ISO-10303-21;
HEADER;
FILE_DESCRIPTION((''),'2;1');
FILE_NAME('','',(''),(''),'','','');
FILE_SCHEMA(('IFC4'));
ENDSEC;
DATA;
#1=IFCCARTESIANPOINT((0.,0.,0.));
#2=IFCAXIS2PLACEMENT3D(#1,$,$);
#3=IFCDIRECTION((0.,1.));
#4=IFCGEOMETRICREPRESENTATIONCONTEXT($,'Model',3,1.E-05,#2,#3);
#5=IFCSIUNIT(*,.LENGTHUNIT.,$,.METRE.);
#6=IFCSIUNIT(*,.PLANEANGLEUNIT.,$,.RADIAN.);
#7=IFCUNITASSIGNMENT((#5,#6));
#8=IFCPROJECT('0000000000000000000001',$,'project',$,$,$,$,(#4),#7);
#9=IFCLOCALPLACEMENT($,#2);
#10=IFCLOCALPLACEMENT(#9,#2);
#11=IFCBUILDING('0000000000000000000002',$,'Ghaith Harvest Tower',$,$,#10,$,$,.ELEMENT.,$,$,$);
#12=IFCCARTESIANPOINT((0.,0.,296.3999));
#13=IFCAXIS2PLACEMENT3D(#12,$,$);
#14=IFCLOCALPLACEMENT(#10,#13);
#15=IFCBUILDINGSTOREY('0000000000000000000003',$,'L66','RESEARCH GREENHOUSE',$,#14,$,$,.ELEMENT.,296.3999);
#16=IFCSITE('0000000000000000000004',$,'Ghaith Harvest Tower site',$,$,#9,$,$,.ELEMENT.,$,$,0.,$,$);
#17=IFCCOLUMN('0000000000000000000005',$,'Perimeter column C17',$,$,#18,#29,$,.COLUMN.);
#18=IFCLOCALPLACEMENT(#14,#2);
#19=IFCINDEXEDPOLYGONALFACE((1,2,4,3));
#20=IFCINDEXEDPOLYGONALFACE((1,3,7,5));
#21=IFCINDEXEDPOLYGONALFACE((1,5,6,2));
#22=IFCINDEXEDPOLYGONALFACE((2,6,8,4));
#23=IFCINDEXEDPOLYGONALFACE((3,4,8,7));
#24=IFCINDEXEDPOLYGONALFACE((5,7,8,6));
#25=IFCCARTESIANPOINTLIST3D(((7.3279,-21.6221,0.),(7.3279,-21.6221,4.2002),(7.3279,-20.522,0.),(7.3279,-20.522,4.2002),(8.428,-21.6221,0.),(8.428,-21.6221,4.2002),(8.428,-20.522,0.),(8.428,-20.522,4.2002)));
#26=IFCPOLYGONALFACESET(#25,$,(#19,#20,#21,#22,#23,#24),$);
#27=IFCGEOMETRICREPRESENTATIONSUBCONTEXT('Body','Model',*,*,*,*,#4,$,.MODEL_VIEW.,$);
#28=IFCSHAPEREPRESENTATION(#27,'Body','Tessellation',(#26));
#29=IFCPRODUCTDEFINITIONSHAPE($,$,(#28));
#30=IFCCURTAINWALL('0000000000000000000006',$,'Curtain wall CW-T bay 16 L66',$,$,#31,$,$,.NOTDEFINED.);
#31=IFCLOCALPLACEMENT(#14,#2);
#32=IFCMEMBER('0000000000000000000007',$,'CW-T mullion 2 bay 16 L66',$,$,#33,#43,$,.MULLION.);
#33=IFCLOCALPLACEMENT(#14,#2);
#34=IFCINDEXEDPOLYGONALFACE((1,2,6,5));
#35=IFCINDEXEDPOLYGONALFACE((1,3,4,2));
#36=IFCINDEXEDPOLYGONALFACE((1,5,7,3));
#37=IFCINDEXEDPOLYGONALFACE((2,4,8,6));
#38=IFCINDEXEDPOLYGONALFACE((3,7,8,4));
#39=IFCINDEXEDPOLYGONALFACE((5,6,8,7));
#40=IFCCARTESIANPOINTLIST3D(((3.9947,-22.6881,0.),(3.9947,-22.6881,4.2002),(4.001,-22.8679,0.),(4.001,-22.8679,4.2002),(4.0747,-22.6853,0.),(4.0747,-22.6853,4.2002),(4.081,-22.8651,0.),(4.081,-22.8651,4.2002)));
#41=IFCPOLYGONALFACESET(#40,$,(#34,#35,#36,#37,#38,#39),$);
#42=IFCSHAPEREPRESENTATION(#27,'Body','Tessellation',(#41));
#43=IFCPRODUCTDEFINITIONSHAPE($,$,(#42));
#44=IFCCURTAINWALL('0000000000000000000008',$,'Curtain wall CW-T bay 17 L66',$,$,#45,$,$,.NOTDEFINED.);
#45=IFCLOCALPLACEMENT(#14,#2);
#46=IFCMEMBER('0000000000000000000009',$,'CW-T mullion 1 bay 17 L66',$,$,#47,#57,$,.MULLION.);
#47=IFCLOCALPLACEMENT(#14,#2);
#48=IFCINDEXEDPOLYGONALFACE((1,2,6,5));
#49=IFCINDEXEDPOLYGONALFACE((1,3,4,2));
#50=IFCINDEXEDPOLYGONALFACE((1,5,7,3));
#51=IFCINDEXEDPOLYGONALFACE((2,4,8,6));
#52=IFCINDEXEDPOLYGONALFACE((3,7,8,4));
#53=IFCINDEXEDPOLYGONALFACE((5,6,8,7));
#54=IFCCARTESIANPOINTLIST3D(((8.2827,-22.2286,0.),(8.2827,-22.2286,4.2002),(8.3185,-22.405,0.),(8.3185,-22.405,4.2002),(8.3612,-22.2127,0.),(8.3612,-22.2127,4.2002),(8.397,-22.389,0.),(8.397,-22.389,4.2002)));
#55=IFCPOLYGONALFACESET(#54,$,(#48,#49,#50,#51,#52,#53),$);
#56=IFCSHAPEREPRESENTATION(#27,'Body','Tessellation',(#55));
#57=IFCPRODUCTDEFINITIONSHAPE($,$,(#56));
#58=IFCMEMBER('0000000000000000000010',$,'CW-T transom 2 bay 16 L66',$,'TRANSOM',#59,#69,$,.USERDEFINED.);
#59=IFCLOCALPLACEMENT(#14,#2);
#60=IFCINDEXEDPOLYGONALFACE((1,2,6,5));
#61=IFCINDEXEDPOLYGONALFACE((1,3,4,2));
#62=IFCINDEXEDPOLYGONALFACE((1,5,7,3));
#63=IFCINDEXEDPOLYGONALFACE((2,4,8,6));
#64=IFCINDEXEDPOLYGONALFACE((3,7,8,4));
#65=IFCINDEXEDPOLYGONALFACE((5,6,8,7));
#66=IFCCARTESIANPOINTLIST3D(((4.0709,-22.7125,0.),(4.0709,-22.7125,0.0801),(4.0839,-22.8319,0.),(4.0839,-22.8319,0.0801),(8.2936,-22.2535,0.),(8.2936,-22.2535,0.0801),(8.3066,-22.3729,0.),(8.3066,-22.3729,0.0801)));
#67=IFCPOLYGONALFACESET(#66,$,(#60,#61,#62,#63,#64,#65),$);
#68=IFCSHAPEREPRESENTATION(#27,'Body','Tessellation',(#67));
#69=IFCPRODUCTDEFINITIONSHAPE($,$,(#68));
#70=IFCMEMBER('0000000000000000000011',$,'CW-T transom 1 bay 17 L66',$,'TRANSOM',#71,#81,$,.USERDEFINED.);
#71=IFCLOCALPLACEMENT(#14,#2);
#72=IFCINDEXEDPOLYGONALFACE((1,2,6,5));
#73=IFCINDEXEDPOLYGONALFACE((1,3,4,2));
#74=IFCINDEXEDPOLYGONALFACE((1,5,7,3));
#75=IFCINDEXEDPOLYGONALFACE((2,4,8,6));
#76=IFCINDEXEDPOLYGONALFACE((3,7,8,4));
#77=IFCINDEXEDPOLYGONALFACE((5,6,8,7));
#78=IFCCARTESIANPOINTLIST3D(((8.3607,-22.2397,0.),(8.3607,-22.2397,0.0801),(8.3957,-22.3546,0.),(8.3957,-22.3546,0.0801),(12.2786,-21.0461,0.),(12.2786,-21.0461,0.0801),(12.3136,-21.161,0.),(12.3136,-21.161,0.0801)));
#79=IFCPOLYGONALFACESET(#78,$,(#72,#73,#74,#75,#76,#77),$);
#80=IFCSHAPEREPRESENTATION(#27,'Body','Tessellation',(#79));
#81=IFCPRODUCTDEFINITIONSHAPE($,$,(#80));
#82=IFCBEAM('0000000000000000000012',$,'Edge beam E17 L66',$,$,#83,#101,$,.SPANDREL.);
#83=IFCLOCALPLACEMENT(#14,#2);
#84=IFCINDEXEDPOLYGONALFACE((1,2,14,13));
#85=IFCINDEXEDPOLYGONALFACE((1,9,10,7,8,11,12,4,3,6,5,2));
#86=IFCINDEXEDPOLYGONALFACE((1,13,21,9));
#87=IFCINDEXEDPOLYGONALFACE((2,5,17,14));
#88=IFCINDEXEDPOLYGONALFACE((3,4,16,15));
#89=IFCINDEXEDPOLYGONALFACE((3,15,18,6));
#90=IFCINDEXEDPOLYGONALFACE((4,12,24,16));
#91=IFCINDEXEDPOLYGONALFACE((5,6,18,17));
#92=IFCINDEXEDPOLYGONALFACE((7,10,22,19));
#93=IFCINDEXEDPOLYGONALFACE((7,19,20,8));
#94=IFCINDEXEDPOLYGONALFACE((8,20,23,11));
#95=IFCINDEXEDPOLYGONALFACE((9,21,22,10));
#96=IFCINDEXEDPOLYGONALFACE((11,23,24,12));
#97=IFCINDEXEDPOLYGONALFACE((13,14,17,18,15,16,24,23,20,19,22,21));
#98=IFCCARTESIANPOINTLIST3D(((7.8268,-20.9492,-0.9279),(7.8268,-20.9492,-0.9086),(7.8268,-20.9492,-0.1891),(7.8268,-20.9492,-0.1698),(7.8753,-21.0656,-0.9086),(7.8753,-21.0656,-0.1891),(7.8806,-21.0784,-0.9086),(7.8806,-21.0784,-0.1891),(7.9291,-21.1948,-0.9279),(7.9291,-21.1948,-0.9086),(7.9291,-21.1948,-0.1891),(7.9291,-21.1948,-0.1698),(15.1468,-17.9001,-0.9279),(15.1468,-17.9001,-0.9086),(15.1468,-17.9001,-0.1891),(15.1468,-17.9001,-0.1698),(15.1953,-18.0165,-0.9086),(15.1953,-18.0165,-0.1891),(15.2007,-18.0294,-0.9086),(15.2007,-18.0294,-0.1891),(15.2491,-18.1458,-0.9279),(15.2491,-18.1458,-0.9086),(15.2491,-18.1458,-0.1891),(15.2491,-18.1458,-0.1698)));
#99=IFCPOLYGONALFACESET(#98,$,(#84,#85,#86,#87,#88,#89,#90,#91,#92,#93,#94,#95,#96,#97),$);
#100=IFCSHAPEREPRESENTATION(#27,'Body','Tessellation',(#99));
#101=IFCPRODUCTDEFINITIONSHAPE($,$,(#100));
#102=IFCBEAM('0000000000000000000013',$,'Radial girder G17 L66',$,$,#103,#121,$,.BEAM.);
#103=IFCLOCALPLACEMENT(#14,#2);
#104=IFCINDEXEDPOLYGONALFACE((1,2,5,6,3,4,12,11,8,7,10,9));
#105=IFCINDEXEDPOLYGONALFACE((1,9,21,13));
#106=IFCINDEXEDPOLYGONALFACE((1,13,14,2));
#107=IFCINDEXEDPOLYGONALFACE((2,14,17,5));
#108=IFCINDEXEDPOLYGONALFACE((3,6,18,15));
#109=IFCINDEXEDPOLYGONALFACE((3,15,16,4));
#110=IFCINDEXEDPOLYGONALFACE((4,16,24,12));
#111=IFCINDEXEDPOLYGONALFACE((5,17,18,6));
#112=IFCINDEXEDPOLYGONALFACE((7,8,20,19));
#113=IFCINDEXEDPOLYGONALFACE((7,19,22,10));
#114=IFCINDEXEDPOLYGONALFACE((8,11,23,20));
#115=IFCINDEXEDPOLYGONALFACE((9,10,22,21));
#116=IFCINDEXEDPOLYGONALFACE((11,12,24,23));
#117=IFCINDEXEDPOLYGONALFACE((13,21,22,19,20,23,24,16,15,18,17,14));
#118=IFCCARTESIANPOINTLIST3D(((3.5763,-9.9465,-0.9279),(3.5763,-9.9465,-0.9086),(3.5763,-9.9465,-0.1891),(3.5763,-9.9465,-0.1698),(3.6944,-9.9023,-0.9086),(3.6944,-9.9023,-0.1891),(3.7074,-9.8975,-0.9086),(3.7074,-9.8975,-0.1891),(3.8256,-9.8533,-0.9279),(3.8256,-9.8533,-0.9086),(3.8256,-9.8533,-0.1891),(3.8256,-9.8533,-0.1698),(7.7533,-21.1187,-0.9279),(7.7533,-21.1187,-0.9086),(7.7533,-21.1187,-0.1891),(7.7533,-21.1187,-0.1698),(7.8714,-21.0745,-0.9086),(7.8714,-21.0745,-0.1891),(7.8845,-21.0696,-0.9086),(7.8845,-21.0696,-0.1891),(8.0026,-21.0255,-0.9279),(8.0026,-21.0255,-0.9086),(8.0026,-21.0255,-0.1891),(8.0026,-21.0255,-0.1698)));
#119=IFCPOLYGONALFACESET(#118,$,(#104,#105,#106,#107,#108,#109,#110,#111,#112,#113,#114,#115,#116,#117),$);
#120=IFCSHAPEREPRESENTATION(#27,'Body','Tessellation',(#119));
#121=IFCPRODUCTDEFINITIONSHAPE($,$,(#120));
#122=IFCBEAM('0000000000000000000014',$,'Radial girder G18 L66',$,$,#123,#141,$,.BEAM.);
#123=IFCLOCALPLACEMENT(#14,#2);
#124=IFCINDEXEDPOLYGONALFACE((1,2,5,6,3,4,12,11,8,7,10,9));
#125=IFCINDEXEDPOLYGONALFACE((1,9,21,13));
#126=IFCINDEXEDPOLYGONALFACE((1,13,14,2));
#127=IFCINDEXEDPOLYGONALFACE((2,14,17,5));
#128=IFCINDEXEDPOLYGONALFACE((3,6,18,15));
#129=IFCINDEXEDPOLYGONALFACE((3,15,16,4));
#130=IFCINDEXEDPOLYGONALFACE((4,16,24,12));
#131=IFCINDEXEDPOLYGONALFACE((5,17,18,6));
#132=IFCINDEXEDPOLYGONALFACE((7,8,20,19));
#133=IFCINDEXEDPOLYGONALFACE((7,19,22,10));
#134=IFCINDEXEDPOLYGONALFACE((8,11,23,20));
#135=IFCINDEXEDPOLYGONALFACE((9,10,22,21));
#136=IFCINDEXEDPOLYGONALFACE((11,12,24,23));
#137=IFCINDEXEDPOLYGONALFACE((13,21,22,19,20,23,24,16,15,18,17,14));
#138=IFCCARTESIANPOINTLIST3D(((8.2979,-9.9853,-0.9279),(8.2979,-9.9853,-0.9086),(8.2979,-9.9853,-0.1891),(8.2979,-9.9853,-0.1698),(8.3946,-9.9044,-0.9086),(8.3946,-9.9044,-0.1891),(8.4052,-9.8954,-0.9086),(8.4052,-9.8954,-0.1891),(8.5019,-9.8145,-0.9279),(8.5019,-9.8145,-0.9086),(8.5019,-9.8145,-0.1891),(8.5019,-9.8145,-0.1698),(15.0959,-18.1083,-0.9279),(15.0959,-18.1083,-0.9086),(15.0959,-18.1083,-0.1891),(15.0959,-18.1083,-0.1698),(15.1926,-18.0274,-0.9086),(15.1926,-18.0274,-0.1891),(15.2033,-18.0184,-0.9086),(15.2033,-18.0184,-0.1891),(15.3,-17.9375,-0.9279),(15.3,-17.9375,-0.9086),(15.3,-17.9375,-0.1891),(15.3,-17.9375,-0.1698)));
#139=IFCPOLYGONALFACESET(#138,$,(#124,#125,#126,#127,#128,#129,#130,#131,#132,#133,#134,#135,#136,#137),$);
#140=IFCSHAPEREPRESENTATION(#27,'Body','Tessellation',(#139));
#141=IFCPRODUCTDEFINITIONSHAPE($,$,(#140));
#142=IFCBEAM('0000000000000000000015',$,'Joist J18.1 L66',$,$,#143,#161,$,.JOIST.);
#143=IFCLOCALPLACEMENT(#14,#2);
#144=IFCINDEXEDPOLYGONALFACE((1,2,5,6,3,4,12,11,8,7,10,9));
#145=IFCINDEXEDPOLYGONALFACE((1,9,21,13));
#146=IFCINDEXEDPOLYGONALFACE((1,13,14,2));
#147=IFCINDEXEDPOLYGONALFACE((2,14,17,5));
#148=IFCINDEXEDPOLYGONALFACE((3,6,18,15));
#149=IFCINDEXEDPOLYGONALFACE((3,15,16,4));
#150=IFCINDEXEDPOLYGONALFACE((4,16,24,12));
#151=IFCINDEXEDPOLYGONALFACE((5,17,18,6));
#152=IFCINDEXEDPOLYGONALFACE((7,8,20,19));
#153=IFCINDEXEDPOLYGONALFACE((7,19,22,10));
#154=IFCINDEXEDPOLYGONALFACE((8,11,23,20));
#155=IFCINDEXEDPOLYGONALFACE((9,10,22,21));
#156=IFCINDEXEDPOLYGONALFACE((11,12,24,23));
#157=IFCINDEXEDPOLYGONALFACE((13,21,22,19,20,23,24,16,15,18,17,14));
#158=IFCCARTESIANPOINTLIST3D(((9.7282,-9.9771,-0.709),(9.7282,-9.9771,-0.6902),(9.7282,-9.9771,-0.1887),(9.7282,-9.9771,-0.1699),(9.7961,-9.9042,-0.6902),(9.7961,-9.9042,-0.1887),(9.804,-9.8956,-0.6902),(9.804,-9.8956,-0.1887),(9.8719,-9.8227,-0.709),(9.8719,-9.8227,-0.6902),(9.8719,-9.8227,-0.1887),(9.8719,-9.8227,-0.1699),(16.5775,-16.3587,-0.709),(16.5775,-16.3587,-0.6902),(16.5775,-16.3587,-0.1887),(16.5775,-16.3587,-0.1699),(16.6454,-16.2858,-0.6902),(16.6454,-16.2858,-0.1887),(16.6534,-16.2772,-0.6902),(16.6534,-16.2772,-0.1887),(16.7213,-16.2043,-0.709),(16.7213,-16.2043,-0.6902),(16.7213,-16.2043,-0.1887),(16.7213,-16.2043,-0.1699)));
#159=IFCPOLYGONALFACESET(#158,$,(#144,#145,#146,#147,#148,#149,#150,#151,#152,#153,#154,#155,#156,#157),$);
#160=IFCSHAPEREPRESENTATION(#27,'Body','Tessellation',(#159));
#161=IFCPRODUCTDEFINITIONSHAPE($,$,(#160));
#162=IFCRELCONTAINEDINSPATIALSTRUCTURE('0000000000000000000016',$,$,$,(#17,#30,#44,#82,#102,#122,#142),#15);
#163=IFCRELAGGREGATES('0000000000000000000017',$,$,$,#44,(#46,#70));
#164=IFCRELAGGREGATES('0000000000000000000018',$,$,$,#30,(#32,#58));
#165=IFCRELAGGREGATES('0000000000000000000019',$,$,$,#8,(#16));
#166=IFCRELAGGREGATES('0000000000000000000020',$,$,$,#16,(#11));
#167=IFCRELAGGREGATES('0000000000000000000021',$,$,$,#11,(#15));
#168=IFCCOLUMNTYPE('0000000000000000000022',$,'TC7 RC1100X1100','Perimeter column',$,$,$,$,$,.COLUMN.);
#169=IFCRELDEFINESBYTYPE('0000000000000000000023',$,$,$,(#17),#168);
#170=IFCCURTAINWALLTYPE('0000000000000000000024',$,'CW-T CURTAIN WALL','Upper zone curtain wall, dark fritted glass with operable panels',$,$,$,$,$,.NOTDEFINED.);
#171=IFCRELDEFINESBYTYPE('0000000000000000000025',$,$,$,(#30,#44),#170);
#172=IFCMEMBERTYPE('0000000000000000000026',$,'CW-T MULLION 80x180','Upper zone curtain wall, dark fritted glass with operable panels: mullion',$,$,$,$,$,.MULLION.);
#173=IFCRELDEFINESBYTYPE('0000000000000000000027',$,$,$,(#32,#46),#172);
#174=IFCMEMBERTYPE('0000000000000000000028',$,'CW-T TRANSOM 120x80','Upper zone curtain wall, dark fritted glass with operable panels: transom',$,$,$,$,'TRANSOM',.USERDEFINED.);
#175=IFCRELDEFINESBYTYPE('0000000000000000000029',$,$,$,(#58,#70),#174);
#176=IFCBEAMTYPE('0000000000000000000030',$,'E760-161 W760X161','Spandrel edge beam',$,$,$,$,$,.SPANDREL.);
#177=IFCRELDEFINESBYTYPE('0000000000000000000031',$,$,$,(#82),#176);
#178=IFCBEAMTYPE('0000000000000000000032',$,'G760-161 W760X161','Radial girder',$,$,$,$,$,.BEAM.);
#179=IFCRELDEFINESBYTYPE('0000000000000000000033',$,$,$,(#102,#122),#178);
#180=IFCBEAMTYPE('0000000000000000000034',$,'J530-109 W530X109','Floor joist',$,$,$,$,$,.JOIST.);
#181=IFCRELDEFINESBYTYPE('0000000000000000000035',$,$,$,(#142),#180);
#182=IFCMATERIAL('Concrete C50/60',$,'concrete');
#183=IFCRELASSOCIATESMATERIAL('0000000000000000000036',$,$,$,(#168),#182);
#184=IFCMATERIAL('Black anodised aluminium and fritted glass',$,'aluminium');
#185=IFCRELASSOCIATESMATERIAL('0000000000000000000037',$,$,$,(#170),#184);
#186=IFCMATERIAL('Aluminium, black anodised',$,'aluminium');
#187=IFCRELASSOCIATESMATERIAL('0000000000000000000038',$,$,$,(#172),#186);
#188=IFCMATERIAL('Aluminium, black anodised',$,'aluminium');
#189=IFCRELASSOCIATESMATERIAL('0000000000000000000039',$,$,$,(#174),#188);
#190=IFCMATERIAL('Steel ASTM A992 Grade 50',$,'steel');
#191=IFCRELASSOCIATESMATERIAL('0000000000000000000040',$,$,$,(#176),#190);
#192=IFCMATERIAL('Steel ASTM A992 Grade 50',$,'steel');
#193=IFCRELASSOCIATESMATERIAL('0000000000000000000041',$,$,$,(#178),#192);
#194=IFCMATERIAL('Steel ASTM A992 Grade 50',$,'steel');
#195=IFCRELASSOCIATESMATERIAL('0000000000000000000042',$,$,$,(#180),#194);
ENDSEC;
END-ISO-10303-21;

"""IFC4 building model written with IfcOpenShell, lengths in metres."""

from ifc_helpers import new_model, si_unit, direction, frame, origin, origin_2d, place, context, subcontext, project, spatial, rectangle, i_section, extrude, material, material_profile, profile_set, type_object, element, aggregate, save


model = new_model("IFC4")

# Units and contexts
model_context = context("Model", 3, precision=1e-05, world=origin(), true_north=direction((0.0, 1.0)))
body_context = subcontext(model_context, "Body", "Model", "MODEL_VIEW")
ifc_project = project(units=[si_unit("LENGTHUNIT", "METRE"), si_unit("PLANEANGLEUNIT", "RADIAN")], contexts=[model_context])

# Site, building, storey
site_placement = place(None, origin())
site = spatial("IfcSite", under=ifc_project, at=site_placement, Name="Ghaith Harvest Tower site", CompositionType="ELEMENT", RefElevation=0.0)
building_placement = place(site_placement, origin())
building = spatial("IfcBuilding", under=site, at=building_placement, Name="Ghaith Harvest Tower", CompositionType="ELEMENT")
storey_placement = place(building_placement, frame((0.0, 0.0, 296.3999)))
storey = spatial("IfcBuildingStorey", under=building, at=storey_placement, Name="L66", Description="RESEARCH GREENHOUSE", CompositionType="ELEMENT", Elevation=296.3999)

# Column
ifc_material_1 = material(Name="Concrete C50/60", Category="concrete")
ifc_material_profile_1 = material_profile(ifc_material_1, rectangle(XDim=1.1001, YDim=1.1001, at=origin_2d()), Name="RC1100X1100")
ifc_profile_set_1 = profile_set([ifc_material_profile_1], Name="Concrete C50/60")
column_type = type_object("IfcColumnType", Name="TC7 RC1100X1100", Description="Perimeter column", PredefinedType="COLUMN", material=ifc_profile_set_1)
column_placement = place(storey_placement, frame((7.8779, -21.072, 0.0), z_axis=(0.0, 0.0, 1.0), x_axis=(1.0, 0.0, 0.0)))
element("IfcColumn", 1, at=column_placement, inside=storey, type_object=column_type, Name="Perimeter column C17", PredefinedType="COLUMN", context=body_context, shape_type="SweptSolid", body=[
    extrude(rectangle(XDim=1.1001, YDim=1.1001, at=origin_2d()), origin(), (0.0, 0.0, 1.0), 4.2002),
])

# Curtain walls, members
ifc_material_2 = material(Name="Black anodised aluminium and fritted glass", Category="aluminium")
curtain_wall_type = type_object("IfcCurtainWallType", Name="CW-T CURTAIN WALL", Description="Upper zone curtain wall, dark fritted glass with operable panels", PredefinedType="NOTDEFINED", material=ifc_material_2)
curtain_wall_1_placement = place(storey_placement, origin())
curtain_wall_1 = element("IfcCurtainWall", 2, at=curtain_wall_1_placement, inside=storey, type_object=curtain_wall_type, Name="Curtain wall CW-T bay 16 L66", PredefinedType="NOTDEFINED")
ifc_material_3 = material(Name="Aluminium, black anodised", Category="aluminium")
ifc_material_profile_2 = material_profile(ifc_material_3, rectangle(XDim=0.0801, YDim=0.1799, at=origin_2d()), Name="CW-T MULLION 80x180")
ifc_profile_set_2 = profile_set([ifc_material_profile_2], Name="Aluminium, black anodised")
member_type_1 = type_object("IfcMemberType", Name="CW-T MULLION 80x180", Description="Upper zone curtain wall, dark fritted glass with operable panels: mullion", PredefinedType="MULLION", material=ifc_profile_set_2)
member_1_placement = place(storey_placement, frame((4.0378, -22.7766, 0.0), z_axis=(0.0, 0.0, 1.0), x_axis=(0.999389, 0.034962, 0.0)))
member_1 = element("IfcMember", 3, at=member_1_placement, type_object=member_type_1, Name="CW-T mullion 2 bay 16 L66", PredefinedType="MULLION", context=body_context, shape_type="SweptSolid", body=[
    extrude(rectangle(XDim=0.0801, YDim=0.1799, at=origin_2d()), origin(), (0.0, 0.0, 1.0), 4.2002),
])
curtain_wall_2_placement = place(storey_placement, origin())
curtain_wall_2 = element("IfcCurtainWall", 4, at=curtain_wall_2_placement, inside=storey, type_object=curtain_wall_type, Name="Curtain wall CW-T bay 17 L66", PredefinedType="NOTDEFINED")
member_2_placement = place(storey_placement, frame((8.3398, -22.3088, 0.0), z_axis=(0.0, 0.0, 1.0), x_axis=(0.98, 0.198997, 0.0)))
member_2 = element("IfcMember", 5, at=member_2_placement, type_object=member_type_1, Name="CW-T mullion 1 bay 17 L66", PredefinedType="MULLION", context=body_context, shape_type="SweptSolid", body=[
    extrude(rectangle(XDim=0.0801, YDim=0.1799, at=origin_2d()), origin(), (0.0, 0.0, 1.0), 4.2002),
])

# Members
ifc_material_4 = material(Name="Aluminium, black anodised", Category="aluminium")
ifc_material_profile_3 = material_profile(ifc_material_4, rectangle(XDim=0.1201, YDim=0.0801, at=origin_2d()), Name="CW-T TRANSOM 120x80")
ifc_profile_set_3 = profile_set([ifc_material_profile_3], Name="Aluminium, black anodised")
member_type_2 = type_object("IfcMemberType", Name="CW-T TRANSOM 120x80", Description="Upper zone curtain wall, dark fritted glass with operable panels: transom", ElementType="TRANSOM", PredefinedType="USERDEFINED", material=ifc_profile_set_3)
member_3_placement = place(storey_placement, frame((4.0774, -22.7722, 0.04), z_axis=(0.994144, 0.108059, 0.0), x_axis=(-0.108059, 0.994144, 0.0)))
member_3 = element("IfcMember", 6, at=member_3_placement, type_object=member_type_2, Name="CW-T transom 2 bay 16 L66", ObjectType="TRANSOM", PredefinedType="USERDEFINED", context=body_context, shape_type="SweptSolid", body=[
    extrude(rectangle(XDim=0.1201, YDim=0.0801, at=origin_2d()), origin(), (0.0, 0.0, 1.0), 4.2476),
])
member_4_placement = place(storey_placement, frame((8.3782, -22.2971, 0.04), z_axis=(0.956594, 0.291425, 0.0), x_axis=(-0.291425, 0.956594, 0.0)))
member_4 = element("IfcMember", 7, at=member_4_placement, type_object=member_type_2, Name="CW-T transom 1 bay 17 L66", ObjectType="TRANSOM", PredefinedType="USERDEFINED", context=body_context, shape_type="SweptSolid", body=[
    extrude(rectangle(XDim=0.1201, YDim=0.0801, at=origin_2d()), origin(), (0.0, 0.0, 1.0), 4.0957),
])
aggregate(curtain_wall_2, [member_2, member_4])

# Beams
ifc_material_5 = material(Name="Steel ASTM A992 Grade 50", Category="steel")
ifc_material_profile_4 = material_profile(ifc_material_5, i_section(OverallWidth=0.2661, OverallDepth=0.7581, WebThickness=0.0139, FlangeThickness=0.0193, at=origin_2d()), Name="W760X161")
ifc_profile_set_4 = profile_set([ifc_material_profile_4], Name="Steel ASTM A992 Grade 50")
beam_type_1 = type_object("IfcBeamType", Name="E760-161 W760X161", Description="Spandrel edge beam", PredefinedType="SPANDREL", material=ifc_profile_set_4)
beam_1_placement = place(storey_placement, frame((7.8779, -21.072, -0.5488), z_axis=(0.92312, 0.384513, 0.0), x_axis=(-0.384513, 0.92312, 0.0)))
element("IfcBeam", 8, at=beam_1_placement, inside=storey, type_object=beam_type_1, Name="Edge beam E17 L66", PredefinedType="SPANDREL", context=body_context, shape_type="SweptSolid", body=[
    extrude(i_section(OverallWidth=0.2661, OverallDepth=0.7581, WebThickness=0.0139, FlangeThickness=0.0193, at=origin_2d()), origin(), (0.0, 0.0, 1.0), 7.9297),
])
ifc_material_6 = material(Name="Steel ASTM A992 Grade 50", Category="steel")
ifc_material_profile_5 = material_profile(ifc_material_6, i_section(OverallWidth=0.2661, OverallDepth=0.7581, WebThickness=0.0139, FlangeThickness=0.0193, at=origin_2d()), Name="W760X161")
ifc_profile_set_5 = profile_set([ifc_material_profile_5], Name="Steel ASTM A992 Grade 50")
beam_type_2 = type_object("IfcBeamType", Name="G760-161 W760X161", Description="Radial girder", PredefinedType="BEAM", material=ifc_profile_set_5)
beam_2_placement = place(storey_placement, frame((3.7009, -9.8999, -0.5488), z_axis=(0.350201, -0.936674, 0.0), x_axis=(0.936674, 0.350201, 0.0)))
element("IfcBeam", 9, at=beam_2_placement, inside=storey, type_object=beam_type_2, Name="Radial girder G17 L66", PredefinedType="BEAM", context=body_context, shape_type="SweptSolid", body=[
    extrude(i_section(OverallWidth=0.2661, OverallDepth=0.7581, WebThickness=0.0139, FlangeThickness=0.0193, at=origin_2d()), origin(), (0.0, 0.0, 1.0), 11.9275),
])
beam_3_placement = place(storey_placement, frame((8.3999, -9.8999, -0.5488), z_axis=(0.641793, -0.766878, 0.0), x_axis=(0.766878, 0.641793, 0.0)))
element("IfcBeam", 10, at=beam_3_placement, inside=storey, type_object=beam_type_2, Name="Radial girder G18 L66", PredefinedType="BEAM", context=body_context, shape_type="SweptSolid", body=[
    extrude(i_section(OverallWidth=0.2661, OverallDepth=0.7581, WebThickness=0.0139, FlangeThickness=0.0193, at=origin_2d()), origin(), (0.0, 0.0, 1.0), 10.5923),
])
ifc_material_7 = material(Name="Steel ASTM A992 Grade 50", Category="steel")
ifc_material_profile_6 = material_profile(ifc_material_7, i_section(OverallWidth=0.2109, OverallDepth=0.5391, WebThickness=0.0117, FlangeThickness=0.0188, at=origin_2d()), Name="W530X109")
ifc_profile_set_6 = profile_set([ifc_material_profile_6], Name="Steel ASTM A992 Grade 50")
beam_type_3 = type_object("IfcBeamType", Name="J530-109 W530X109", Description="Floor joist", PredefinedType="JOIST", material=ifc_profile_set_6)
beam_4_placement = place(storey_placement, frame((9.8, -9.8999, -0.4395), z_axis=(0.731649, -0.681682, 0.0), x_axis=(0.681682, 0.731649, 0.0)))
element("IfcBeam", 11, at=beam_4_placement, inside=storey, type_object=beam_type_3, Name="Joist J18.1 L66", PredefinedType="JOIST", context=body_context, shape_type="SweptSolid", body=[
    extrude(i_section(OverallWidth=0.2109, OverallDepth=0.5391, WebThickness=0.0117, FlangeThickness=0.0188, at=origin_2d()), origin(), (0.0, 0.0, 1.0), 9.3616),
])

aggregate(curtain_wall_1, [member_1, member_3])

save(model, "model.ifc")
